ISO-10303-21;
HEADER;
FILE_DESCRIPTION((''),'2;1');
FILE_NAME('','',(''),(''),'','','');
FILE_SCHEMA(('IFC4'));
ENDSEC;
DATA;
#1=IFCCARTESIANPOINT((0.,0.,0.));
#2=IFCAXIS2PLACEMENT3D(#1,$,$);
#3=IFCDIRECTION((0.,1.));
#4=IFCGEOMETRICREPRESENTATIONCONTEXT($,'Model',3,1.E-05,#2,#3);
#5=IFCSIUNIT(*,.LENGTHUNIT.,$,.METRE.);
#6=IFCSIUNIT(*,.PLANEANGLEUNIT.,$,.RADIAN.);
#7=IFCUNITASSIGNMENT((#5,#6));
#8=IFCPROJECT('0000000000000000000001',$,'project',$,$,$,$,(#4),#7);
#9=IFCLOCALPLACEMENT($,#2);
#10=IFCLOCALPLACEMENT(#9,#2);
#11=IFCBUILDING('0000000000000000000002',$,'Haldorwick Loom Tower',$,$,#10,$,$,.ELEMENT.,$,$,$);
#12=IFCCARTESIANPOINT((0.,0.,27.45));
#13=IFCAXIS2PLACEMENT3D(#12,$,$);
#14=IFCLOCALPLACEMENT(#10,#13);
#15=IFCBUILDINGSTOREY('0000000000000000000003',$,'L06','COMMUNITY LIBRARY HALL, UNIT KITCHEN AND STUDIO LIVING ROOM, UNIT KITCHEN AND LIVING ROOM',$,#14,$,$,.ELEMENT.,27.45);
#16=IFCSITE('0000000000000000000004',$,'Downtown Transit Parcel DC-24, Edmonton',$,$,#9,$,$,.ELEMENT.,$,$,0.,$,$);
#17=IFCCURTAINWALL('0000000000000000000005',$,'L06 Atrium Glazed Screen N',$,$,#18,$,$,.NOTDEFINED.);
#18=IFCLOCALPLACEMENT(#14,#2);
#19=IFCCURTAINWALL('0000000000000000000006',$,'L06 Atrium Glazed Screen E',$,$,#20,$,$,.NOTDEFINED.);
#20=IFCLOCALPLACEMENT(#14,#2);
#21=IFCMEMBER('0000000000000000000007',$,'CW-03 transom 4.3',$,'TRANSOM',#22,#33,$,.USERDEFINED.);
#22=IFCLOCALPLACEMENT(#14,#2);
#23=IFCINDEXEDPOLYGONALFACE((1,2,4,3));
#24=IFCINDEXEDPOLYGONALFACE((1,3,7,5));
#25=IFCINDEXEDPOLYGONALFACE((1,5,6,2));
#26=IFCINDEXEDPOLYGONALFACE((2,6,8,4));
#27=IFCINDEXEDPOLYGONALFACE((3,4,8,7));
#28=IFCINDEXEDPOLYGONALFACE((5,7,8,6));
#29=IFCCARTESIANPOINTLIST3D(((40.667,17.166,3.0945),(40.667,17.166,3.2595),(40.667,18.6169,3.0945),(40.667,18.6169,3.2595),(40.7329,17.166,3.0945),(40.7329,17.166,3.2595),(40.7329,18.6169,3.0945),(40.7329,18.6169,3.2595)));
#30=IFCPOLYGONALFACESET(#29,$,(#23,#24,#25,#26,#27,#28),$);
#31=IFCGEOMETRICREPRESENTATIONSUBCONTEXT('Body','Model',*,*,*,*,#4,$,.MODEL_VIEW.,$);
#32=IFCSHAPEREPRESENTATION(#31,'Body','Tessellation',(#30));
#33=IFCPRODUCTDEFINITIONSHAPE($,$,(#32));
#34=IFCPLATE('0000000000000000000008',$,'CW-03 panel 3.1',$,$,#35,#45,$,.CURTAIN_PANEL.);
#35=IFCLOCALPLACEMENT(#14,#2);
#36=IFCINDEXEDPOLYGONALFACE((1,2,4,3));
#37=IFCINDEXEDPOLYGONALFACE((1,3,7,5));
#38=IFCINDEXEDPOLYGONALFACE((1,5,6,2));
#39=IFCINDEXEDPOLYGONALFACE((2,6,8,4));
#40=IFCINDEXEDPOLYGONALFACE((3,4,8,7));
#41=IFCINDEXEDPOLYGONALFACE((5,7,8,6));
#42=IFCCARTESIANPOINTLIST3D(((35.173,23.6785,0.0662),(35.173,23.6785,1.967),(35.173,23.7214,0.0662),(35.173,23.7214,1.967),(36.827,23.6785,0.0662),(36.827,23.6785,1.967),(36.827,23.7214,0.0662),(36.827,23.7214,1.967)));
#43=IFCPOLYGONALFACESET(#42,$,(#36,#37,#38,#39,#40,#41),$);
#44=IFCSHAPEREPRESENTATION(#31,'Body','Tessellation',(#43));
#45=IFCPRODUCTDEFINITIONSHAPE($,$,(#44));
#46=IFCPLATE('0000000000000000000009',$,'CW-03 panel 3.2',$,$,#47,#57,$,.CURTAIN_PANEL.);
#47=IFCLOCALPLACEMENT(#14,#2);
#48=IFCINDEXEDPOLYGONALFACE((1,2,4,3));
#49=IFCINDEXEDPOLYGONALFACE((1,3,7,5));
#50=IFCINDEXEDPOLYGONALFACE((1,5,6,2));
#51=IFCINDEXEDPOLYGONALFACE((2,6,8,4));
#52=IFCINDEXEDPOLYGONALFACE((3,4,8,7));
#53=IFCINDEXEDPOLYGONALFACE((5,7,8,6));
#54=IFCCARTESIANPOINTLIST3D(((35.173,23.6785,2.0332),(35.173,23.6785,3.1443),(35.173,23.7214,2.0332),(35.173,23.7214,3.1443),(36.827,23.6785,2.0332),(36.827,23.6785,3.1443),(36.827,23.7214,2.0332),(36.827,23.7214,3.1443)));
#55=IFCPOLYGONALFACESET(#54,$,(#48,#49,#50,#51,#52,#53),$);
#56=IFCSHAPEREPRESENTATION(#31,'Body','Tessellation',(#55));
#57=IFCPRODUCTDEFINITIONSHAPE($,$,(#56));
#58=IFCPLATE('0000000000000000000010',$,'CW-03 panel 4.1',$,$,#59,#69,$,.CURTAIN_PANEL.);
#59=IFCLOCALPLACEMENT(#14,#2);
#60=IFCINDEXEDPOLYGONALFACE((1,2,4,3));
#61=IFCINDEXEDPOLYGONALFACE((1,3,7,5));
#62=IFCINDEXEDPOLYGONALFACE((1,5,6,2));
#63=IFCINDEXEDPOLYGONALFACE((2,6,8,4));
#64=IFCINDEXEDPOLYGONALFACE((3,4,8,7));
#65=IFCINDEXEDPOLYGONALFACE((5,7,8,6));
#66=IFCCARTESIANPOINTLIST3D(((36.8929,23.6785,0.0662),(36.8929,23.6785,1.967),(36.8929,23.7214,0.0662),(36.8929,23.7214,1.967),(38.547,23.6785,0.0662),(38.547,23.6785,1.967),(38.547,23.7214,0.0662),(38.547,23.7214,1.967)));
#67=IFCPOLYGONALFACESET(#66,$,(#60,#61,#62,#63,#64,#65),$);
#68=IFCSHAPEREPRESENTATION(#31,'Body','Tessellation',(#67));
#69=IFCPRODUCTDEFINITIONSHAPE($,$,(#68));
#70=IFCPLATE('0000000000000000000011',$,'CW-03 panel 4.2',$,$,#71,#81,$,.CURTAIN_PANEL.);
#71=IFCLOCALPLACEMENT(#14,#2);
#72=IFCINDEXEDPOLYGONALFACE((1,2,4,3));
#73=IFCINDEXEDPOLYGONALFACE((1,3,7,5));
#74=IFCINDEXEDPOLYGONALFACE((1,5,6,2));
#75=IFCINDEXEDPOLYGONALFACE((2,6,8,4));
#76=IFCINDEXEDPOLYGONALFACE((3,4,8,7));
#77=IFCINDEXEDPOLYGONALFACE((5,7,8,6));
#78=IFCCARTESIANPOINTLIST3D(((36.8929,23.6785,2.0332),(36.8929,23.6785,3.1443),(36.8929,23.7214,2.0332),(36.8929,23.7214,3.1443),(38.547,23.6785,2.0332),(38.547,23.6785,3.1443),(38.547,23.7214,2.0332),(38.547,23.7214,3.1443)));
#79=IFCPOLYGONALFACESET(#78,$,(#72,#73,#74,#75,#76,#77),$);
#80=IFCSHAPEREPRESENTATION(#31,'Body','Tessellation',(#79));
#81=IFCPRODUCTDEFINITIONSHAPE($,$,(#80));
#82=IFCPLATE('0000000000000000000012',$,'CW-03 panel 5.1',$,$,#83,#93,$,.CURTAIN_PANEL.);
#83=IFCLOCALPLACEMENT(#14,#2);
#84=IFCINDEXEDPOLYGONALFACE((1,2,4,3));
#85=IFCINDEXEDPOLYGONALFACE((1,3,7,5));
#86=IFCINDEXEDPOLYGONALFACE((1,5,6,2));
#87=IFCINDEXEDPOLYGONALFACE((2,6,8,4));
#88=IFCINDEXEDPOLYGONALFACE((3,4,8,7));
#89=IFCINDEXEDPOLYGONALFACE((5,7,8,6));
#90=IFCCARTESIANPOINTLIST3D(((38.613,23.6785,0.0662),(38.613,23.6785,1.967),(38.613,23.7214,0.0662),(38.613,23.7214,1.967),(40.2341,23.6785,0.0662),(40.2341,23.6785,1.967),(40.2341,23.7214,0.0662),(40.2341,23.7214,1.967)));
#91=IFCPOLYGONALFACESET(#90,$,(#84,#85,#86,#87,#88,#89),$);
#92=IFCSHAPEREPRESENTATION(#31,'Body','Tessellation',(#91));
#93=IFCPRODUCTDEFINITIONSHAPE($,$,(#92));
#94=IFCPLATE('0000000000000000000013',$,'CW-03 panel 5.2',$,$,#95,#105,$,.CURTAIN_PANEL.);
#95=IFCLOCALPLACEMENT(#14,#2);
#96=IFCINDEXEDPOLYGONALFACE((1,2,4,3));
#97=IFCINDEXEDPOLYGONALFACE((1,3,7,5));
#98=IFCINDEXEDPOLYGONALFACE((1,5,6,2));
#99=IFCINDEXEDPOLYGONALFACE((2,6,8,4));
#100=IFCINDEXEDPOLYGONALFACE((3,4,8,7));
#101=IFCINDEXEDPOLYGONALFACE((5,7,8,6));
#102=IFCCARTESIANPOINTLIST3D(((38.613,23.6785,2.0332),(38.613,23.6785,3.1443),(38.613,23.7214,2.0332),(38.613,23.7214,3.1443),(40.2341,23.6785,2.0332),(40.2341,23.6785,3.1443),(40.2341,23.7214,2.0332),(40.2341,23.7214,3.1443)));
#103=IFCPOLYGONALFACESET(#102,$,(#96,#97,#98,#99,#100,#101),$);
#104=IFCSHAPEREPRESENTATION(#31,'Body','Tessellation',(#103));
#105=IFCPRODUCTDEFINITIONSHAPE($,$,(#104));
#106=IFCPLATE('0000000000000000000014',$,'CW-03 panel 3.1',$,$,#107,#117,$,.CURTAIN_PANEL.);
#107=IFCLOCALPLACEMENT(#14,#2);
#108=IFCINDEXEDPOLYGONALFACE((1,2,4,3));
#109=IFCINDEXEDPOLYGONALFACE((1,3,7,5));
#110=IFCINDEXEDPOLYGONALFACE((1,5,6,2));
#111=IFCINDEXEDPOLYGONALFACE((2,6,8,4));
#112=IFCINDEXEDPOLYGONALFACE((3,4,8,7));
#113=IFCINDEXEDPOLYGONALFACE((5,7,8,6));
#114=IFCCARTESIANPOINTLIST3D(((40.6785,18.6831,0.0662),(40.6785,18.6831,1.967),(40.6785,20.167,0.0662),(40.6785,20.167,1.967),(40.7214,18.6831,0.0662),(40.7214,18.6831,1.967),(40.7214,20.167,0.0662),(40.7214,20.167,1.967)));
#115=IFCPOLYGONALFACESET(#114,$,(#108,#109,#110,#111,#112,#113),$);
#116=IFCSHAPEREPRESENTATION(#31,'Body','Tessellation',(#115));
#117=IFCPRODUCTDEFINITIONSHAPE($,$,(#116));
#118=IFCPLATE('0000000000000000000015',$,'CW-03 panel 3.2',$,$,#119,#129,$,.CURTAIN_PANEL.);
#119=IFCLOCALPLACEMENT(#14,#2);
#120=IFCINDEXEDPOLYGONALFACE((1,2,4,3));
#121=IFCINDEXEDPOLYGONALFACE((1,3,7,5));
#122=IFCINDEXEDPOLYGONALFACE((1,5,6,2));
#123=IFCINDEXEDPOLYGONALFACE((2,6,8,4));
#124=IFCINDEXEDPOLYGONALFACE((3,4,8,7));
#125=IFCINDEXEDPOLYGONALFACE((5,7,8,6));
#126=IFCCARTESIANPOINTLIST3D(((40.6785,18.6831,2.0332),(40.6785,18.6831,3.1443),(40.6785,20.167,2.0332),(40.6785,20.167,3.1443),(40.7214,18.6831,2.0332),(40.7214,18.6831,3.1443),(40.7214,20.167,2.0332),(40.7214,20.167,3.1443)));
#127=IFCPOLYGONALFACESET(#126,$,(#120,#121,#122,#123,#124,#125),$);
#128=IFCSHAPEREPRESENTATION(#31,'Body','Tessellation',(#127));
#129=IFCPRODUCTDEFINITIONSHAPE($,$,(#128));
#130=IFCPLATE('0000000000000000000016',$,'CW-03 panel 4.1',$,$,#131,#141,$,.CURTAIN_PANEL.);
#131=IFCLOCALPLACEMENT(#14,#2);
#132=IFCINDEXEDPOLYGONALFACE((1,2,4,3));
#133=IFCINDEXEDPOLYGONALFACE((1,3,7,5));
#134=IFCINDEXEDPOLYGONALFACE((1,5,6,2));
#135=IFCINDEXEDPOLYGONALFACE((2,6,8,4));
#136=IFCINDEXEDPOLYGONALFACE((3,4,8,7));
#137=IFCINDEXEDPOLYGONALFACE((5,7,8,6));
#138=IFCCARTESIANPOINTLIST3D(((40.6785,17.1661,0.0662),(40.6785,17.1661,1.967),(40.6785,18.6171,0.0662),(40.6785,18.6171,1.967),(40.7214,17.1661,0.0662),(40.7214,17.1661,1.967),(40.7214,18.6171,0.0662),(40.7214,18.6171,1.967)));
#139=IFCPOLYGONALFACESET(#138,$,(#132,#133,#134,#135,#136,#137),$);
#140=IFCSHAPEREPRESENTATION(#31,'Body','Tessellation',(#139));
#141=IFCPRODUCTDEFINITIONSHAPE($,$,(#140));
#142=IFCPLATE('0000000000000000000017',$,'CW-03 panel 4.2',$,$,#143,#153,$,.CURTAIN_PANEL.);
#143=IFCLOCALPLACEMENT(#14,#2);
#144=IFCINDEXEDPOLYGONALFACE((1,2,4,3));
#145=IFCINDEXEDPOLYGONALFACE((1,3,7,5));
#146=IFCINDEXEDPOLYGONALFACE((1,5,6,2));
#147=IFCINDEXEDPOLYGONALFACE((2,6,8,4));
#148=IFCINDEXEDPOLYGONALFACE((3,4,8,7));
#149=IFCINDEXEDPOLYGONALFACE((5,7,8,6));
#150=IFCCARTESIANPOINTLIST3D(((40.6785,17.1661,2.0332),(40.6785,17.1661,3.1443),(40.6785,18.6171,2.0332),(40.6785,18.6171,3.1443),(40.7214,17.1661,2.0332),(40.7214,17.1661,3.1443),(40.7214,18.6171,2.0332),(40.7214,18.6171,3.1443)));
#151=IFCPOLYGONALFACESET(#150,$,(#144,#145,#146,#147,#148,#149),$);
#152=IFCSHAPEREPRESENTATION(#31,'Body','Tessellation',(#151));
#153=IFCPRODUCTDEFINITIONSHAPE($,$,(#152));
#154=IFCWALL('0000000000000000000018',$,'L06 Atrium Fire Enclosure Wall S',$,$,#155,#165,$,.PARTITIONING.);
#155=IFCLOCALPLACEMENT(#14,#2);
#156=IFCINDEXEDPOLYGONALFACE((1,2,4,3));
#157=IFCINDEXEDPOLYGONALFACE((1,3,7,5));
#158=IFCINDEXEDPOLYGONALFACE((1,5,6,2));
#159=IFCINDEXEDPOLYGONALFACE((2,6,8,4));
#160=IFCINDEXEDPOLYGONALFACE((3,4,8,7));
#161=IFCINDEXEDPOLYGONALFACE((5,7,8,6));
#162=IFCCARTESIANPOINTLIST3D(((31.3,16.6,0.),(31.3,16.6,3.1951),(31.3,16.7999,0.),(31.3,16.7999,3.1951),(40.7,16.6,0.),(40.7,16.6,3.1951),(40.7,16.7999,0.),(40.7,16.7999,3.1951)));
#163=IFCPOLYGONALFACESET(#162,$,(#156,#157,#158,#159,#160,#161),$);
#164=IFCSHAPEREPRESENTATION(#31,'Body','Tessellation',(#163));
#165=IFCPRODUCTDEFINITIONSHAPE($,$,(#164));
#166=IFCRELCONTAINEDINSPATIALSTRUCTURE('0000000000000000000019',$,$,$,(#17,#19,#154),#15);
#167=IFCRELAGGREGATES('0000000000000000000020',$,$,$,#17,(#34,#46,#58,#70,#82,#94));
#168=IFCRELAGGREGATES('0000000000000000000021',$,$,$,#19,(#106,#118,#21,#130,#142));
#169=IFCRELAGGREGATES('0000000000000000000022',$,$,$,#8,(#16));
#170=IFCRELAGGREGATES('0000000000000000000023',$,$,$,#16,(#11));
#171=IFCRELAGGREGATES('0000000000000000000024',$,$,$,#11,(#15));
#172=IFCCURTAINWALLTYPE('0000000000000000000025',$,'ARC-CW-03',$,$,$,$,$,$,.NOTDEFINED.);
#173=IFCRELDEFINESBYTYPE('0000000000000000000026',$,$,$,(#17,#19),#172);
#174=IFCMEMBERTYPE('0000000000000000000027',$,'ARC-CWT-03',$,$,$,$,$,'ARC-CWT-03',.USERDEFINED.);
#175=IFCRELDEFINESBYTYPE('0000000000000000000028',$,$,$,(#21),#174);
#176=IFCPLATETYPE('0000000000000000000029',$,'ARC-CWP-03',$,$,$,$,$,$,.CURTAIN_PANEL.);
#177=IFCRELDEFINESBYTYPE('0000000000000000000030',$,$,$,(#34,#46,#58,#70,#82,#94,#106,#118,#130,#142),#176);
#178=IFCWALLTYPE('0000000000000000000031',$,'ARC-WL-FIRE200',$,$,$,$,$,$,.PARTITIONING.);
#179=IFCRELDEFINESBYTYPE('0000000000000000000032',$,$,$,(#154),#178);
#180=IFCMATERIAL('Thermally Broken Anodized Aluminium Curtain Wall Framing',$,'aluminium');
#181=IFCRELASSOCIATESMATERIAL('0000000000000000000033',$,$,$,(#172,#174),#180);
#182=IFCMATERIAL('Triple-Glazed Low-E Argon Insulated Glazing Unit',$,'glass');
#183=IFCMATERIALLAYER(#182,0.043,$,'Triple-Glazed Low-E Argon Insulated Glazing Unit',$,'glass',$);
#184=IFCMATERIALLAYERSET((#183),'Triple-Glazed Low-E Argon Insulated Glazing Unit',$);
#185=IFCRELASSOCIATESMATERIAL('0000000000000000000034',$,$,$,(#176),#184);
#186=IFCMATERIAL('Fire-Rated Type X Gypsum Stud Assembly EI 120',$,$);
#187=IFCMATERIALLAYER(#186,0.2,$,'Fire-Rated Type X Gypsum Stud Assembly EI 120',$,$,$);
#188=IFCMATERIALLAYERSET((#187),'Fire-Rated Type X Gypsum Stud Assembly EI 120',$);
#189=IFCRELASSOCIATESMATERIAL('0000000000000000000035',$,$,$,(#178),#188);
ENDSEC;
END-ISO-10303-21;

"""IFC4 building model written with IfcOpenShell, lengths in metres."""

from ifc_helpers import new_model, si_unit, direction, frame, frame_2d, origin, origin_2d, place, context, subcontext, project, spatial, rectangle, extrude, material, layer, layer_set, material_profile, profile_set, type_object, element, aggregate, save


model = new_model("IFC4")

# Units and contexts
model_context = context("Model", 3, precision=1e-05, world=origin(), true_north=direction((0.0, 1.0)))
body_context = subcontext(model_context, "Body", "Model", "MODEL_VIEW")
ifc_project = project(units=[si_unit("LENGTHUNIT", "METRE"), si_unit("PLANEANGLEUNIT", "RADIAN")], contexts=[model_context])

# Site, building, storey
site_placement = place(None, origin())
site = spatial("IfcSite", under=ifc_project, at=site_placement, Name="Downtown Transit Parcel DC-24, Edmonton", CompositionType="ELEMENT", RefElevation=0.0)
building_placement = place(site_placement, origin())
building = spatial("IfcBuilding", under=site, at=building_placement, Name="Haldorwick Loom Tower", CompositionType="ELEMENT")
storey_placement = place(building_placement, frame((0.0, 0.0, 27.45)))
storey = spatial("IfcBuildingStorey", under=building, at=storey_placement, Name="L06", Description="COMMUNITY LIBRARY HALL, UNIT KITCHEN AND STUDIO LIVING ROOM, UNIT KITCHEN AND LIVING ROOM", CompositionType="ELEMENT", Elevation=27.45)

# Curtain walls
ifc_material_1 = material(Name="Thermally Broken Anodized Aluminium Curtain Wall Framing", Category="aluminium")
curtain_wall_type = type_object("IfcCurtainWallType", Name="ARC-CW-03", PredefinedType="NOTDEFINED", material=ifc_material_1)
curtain_wall_1_placement = place(storey_placement, origin())
curtain_wall_1 = element("IfcCurtainWall", 1, at=curtain_wall_1_placement, inside=storey, type_object=curtain_wall_type, Name="L06 Atrium Glazed Screen N", PredefinedType="NOTDEFINED")
curtain_wall_2_placement = place(storey_placement, origin())
curtain_wall_2 = element("IfcCurtainWall", 2, at=curtain_wall_2_placement, inside=storey, type_object=curtain_wall_type, Name="L06 Atrium Glazed Screen E", PredefinedType="NOTDEFINED")

# Member
ifc_material_profile_1 = material_profile(ifc_material_1, rectangle(XDim=0.0659, YDim=0.165, at=origin_2d()), Name="ALU_TRN_66X165", Category="aluminium")
ifc_profile_set_1 = profile_set([ifc_material_profile_1], Name="Thermally Broken Anodized Aluminium Curtain Wall Framing")
member_type_1 = type_object("IfcMemberType", Name="ARC-CWT-03", ElementType="ARC-CWT-03", PredefinedType="USERDEFINED", material=ifc_profile_set_1)
member_1_placement = place(storey_placement, frame((40.7, 18.6169, 3.177), z_axis=(0.0, -1.0, 0.0), x_axis=(1.0, 0.0, 0.0)))
member_1 = element("IfcMember", 3, at=member_1_placement, type_object=member_type_1, Name="CW-03 transom 4.3", ObjectType="TRANSOM", PredefinedType="USERDEFINED", context=body_context, shape_type="SweptSolid", body=[
    extrude(rectangle(XDim=0.0659, YDim=0.165, at=origin_2d()), origin(), (0.0, 0.0, 1.0), 1.4509),
])

# Plates
ifc_material_2 = material(Name="Triple-Glazed Low-E Argon Insulated Glazing Unit", Category="glass")
ifc_layer_1 = layer(ifc_material_2, 0.043, Name="Triple-Glazed Low-E Argon Insulated Glazing Unit", Category="glass")
ifc_layer_set_1 = layer_set([ifc_layer_1], Name="Triple-Glazed Low-E Argon Insulated Glazing Unit")
plate_type = type_object("IfcPlateType", Name="ARC-CWP-03", PredefinedType="CURTAIN_PANEL", material=ifc_layer_set_1)
plate_1_placement = place(storey_placement, frame((36.0, 23.7, 0.0662), z_axis=(0.0, 0.0, 1.0), x_axis=(1.0, 0.0, 0.0)))
plate_1 = element("IfcPlate", 4, at=plate_1_placement, type_object=plate_type, Name="CW-03 panel 3.1", PredefinedType="CURTAIN_PANEL", context=body_context, shape_type="SweptSolid", body=[
    extrude(rectangle(XDim=1.6541, YDim=0.043, at=origin_2d()), origin(), (0.0, 0.0, 1.0), 1.9009),
])
plate_2_placement = place(storey_placement, frame((36.0, 23.7, 2.0332), z_axis=(0.0, 0.0, 1.0), x_axis=(1.0, 0.0, 0.0)))
plate_2 = element("IfcPlate", 5, at=plate_2_placement, type_object=plate_type, Name="CW-03 panel 3.2", PredefinedType="CURTAIN_PANEL", context=body_context, shape_type="SweptSolid", body=[
    extrude(rectangle(XDim=1.6541, YDim=0.043, at=origin_2d()), origin(), (0.0, 0.0, 1.0), 1.1111),
])
plate_3_placement = place(storey_placement, frame((37.72, 23.7, 0.0662), z_axis=(0.0, 0.0, 1.0), x_axis=(1.0, 0.0, 0.0)))
plate_3 = element("IfcPlate", 6, at=plate_3_placement, type_object=plate_type, Name="CW-03 panel 4.1", PredefinedType="CURTAIN_PANEL", context=body_context, shape_type="SweptSolid", body=[
    extrude(rectangle(XDim=1.6541, YDim=0.043, at=origin_2d()), origin(), (0.0, 0.0, 1.0), 1.9009),
])
plate_4_placement = place(storey_placement, frame((37.72, 23.7, 2.0332), z_axis=(0.0, 0.0, 1.0), x_axis=(1.0, 0.0, 0.0)))
plate_4 = element("IfcPlate", 7, at=plate_4_placement, type_object=plate_type, Name="CW-03 panel 4.2", PredefinedType="CURTAIN_PANEL", context=body_context, shape_type="SweptSolid", body=[
    extrude(rectangle(XDim=1.6541, YDim=0.043, at=origin_2d()), origin(), (0.0, 0.0, 1.0), 1.1111),
])
plate_5_placement = place(storey_placement, frame((39.4236, 23.7, 0.0662), z_axis=(0.0, 0.0, 1.0), x_axis=(1.0, 0.0, 0.0)))
plate_5 = element("IfcPlate", 8, at=plate_5_placement, type_object=plate_type, Name="CW-03 panel 5.1", PredefinedType="CURTAIN_PANEL", context=body_context, shape_type="SweptSolid", body=[
    extrude(rectangle(XDim=1.6211, YDim=0.043, at=origin_2d()), origin(), (0.0, 0.0, 1.0), 1.9009),
])
plate_6_placement = place(storey_placement, frame((39.4236, 23.7, 2.0332), z_axis=(0.0, 0.0, 1.0), x_axis=(1.0, 0.0, 0.0)))
plate_6 = element("IfcPlate", 9, at=plate_6_placement, type_object=plate_type, Name="CW-03 panel 5.2", PredefinedType="CURTAIN_PANEL", context=body_context, shape_type="SweptSolid", body=[
    extrude(rectangle(XDim=1.6211, YDim=0.043, at=origin_2d()), origin(), (0.0, 0.0, 1.0), 1.1111),
])
aggregate(curtain_wall_1, [plate_1, plate_2, plate_3, plate_4, plate_5, plate_6])
plate_7_placement = place(storey_placement, frame((40.7, 19.425, 0.0662), z_axis=(0.0, 0.0, 1.0), x_axis=(0.0, -1.0, 0.0)))
plate_7 = element("IfcPlate", 10, at=plate_7_placement, type_object=plate_type, Name="CW-03 panel 3.1", PredefinedType="CURTAIN_PANEL", context=body_context, shape_type="SweptSolid", body=[
    extrude(rectangle(XDim=1.4839, YDim=0.043, at=origin_2d()), origin(), (0.0, 0.0, 1.0), 1.9009),
])
plate_8_placement = place(storey_placement, frame((40.7, 19.425, 2.0332), z_axis=(0.0, 0.0, 1.0), x_axis=(0.0, -1.0, 0.0)))
plate_8 = element("IfcPlate", 11, at=plate_8_placement, type_object=plate_type, Name="CW-03 panel 3.2", PredefinedType="CURTAIN_PANEL", context=body_context, shape_type="SweptSolid", body=[
    extrude(rectangle(XDim=1.4839, YDim=0.043, at=origin_2d()), origin(), (0.0, 0.0, 1.0), 1.1111),
])
plate_9_placement = place(storey_placement, frame((40.7, 17.8916, 0.0662), z_axis=(0.0, 0.0, 1.0), x_axis=(0.0, -1.0, 0.0)))
plate_9 = element("IfcPlate", 12, at=plate_9_placement, type_object=plate_type, Name="CW-03 panel 4.1", PredefinedType="CURTAIN_PANEL", context=body_context, shape_type="SweptSolid", body=[
    extrude(rectangle(XDim=1.4509, YDim=0.043, at=origin_2d()), origin(), (0.0, 0.0, 1.0), 1.9009),
])
plate_10_placement = place(storey_placement, frame((40.7, 17.8916, 2.0332), z_axis=(0.0, 0.0, 1.0), x_axis=(0.0, -1.0, 0.0)))
plate_10 = element("IfcPlate", 13, at=plate_10_placement, type_object=plate_type, Name="CW-03 panel 4.2", PredefinedType="CURTAIN_PANEL", context=body_context, shape_type="SweptSolid", body=[
    extrude(rectangle(XDim=1.4509, YDim=0.043, at=origin_2d()), origin(), (0.0, 0.0, 1.0), 1.1111),
])
aggregate(curtain_wall_2, [plate_7, plate_8, member_1, plate_9, plate_10])

# Wall
ifc_material_3 = material(Name="Fire-Rated Type X Gypsum Stud Assembly EI 120")
ifc_layer_2 = layer(ifc_material_3, 0.2, Name="Fire-Rated Type X Gypsum Stud Assembly EI 120")
ifc_layer_set_2 = layer_set([ifc_layer_2], Name="Fire-Rated Type X Gypsum Stud Assembly EI 120")
wall_type = type_object("IfcWallType", Name="ARC-WL-FIRE200", PredefinedType="PARTITIONING", material=ifc_layer_set_2)
wall_placement = place(storey_placement, frame((40.7, 16.7, 0.0), z_axis=(0.0, 0.0, 1.0), x_axis=(-1.0, 0.0, 0.0)))
element("IfcWall", 14, at=wall_placement, inside=storey, type_object=wall_type, Name="L06 Atrium Fire Enclosure Wall S", PredefinedType="PARTITIONING", context=body_context, shape_type="SweptSolid", body=[
    extrude(rectangle(XDim=9.3999, YDim=0.2, at=frame_2d((4.7, 0.0))), origin(), (0.0, 0.0, 1.0), 3.1951),
])

save(model, "model.ifc")
